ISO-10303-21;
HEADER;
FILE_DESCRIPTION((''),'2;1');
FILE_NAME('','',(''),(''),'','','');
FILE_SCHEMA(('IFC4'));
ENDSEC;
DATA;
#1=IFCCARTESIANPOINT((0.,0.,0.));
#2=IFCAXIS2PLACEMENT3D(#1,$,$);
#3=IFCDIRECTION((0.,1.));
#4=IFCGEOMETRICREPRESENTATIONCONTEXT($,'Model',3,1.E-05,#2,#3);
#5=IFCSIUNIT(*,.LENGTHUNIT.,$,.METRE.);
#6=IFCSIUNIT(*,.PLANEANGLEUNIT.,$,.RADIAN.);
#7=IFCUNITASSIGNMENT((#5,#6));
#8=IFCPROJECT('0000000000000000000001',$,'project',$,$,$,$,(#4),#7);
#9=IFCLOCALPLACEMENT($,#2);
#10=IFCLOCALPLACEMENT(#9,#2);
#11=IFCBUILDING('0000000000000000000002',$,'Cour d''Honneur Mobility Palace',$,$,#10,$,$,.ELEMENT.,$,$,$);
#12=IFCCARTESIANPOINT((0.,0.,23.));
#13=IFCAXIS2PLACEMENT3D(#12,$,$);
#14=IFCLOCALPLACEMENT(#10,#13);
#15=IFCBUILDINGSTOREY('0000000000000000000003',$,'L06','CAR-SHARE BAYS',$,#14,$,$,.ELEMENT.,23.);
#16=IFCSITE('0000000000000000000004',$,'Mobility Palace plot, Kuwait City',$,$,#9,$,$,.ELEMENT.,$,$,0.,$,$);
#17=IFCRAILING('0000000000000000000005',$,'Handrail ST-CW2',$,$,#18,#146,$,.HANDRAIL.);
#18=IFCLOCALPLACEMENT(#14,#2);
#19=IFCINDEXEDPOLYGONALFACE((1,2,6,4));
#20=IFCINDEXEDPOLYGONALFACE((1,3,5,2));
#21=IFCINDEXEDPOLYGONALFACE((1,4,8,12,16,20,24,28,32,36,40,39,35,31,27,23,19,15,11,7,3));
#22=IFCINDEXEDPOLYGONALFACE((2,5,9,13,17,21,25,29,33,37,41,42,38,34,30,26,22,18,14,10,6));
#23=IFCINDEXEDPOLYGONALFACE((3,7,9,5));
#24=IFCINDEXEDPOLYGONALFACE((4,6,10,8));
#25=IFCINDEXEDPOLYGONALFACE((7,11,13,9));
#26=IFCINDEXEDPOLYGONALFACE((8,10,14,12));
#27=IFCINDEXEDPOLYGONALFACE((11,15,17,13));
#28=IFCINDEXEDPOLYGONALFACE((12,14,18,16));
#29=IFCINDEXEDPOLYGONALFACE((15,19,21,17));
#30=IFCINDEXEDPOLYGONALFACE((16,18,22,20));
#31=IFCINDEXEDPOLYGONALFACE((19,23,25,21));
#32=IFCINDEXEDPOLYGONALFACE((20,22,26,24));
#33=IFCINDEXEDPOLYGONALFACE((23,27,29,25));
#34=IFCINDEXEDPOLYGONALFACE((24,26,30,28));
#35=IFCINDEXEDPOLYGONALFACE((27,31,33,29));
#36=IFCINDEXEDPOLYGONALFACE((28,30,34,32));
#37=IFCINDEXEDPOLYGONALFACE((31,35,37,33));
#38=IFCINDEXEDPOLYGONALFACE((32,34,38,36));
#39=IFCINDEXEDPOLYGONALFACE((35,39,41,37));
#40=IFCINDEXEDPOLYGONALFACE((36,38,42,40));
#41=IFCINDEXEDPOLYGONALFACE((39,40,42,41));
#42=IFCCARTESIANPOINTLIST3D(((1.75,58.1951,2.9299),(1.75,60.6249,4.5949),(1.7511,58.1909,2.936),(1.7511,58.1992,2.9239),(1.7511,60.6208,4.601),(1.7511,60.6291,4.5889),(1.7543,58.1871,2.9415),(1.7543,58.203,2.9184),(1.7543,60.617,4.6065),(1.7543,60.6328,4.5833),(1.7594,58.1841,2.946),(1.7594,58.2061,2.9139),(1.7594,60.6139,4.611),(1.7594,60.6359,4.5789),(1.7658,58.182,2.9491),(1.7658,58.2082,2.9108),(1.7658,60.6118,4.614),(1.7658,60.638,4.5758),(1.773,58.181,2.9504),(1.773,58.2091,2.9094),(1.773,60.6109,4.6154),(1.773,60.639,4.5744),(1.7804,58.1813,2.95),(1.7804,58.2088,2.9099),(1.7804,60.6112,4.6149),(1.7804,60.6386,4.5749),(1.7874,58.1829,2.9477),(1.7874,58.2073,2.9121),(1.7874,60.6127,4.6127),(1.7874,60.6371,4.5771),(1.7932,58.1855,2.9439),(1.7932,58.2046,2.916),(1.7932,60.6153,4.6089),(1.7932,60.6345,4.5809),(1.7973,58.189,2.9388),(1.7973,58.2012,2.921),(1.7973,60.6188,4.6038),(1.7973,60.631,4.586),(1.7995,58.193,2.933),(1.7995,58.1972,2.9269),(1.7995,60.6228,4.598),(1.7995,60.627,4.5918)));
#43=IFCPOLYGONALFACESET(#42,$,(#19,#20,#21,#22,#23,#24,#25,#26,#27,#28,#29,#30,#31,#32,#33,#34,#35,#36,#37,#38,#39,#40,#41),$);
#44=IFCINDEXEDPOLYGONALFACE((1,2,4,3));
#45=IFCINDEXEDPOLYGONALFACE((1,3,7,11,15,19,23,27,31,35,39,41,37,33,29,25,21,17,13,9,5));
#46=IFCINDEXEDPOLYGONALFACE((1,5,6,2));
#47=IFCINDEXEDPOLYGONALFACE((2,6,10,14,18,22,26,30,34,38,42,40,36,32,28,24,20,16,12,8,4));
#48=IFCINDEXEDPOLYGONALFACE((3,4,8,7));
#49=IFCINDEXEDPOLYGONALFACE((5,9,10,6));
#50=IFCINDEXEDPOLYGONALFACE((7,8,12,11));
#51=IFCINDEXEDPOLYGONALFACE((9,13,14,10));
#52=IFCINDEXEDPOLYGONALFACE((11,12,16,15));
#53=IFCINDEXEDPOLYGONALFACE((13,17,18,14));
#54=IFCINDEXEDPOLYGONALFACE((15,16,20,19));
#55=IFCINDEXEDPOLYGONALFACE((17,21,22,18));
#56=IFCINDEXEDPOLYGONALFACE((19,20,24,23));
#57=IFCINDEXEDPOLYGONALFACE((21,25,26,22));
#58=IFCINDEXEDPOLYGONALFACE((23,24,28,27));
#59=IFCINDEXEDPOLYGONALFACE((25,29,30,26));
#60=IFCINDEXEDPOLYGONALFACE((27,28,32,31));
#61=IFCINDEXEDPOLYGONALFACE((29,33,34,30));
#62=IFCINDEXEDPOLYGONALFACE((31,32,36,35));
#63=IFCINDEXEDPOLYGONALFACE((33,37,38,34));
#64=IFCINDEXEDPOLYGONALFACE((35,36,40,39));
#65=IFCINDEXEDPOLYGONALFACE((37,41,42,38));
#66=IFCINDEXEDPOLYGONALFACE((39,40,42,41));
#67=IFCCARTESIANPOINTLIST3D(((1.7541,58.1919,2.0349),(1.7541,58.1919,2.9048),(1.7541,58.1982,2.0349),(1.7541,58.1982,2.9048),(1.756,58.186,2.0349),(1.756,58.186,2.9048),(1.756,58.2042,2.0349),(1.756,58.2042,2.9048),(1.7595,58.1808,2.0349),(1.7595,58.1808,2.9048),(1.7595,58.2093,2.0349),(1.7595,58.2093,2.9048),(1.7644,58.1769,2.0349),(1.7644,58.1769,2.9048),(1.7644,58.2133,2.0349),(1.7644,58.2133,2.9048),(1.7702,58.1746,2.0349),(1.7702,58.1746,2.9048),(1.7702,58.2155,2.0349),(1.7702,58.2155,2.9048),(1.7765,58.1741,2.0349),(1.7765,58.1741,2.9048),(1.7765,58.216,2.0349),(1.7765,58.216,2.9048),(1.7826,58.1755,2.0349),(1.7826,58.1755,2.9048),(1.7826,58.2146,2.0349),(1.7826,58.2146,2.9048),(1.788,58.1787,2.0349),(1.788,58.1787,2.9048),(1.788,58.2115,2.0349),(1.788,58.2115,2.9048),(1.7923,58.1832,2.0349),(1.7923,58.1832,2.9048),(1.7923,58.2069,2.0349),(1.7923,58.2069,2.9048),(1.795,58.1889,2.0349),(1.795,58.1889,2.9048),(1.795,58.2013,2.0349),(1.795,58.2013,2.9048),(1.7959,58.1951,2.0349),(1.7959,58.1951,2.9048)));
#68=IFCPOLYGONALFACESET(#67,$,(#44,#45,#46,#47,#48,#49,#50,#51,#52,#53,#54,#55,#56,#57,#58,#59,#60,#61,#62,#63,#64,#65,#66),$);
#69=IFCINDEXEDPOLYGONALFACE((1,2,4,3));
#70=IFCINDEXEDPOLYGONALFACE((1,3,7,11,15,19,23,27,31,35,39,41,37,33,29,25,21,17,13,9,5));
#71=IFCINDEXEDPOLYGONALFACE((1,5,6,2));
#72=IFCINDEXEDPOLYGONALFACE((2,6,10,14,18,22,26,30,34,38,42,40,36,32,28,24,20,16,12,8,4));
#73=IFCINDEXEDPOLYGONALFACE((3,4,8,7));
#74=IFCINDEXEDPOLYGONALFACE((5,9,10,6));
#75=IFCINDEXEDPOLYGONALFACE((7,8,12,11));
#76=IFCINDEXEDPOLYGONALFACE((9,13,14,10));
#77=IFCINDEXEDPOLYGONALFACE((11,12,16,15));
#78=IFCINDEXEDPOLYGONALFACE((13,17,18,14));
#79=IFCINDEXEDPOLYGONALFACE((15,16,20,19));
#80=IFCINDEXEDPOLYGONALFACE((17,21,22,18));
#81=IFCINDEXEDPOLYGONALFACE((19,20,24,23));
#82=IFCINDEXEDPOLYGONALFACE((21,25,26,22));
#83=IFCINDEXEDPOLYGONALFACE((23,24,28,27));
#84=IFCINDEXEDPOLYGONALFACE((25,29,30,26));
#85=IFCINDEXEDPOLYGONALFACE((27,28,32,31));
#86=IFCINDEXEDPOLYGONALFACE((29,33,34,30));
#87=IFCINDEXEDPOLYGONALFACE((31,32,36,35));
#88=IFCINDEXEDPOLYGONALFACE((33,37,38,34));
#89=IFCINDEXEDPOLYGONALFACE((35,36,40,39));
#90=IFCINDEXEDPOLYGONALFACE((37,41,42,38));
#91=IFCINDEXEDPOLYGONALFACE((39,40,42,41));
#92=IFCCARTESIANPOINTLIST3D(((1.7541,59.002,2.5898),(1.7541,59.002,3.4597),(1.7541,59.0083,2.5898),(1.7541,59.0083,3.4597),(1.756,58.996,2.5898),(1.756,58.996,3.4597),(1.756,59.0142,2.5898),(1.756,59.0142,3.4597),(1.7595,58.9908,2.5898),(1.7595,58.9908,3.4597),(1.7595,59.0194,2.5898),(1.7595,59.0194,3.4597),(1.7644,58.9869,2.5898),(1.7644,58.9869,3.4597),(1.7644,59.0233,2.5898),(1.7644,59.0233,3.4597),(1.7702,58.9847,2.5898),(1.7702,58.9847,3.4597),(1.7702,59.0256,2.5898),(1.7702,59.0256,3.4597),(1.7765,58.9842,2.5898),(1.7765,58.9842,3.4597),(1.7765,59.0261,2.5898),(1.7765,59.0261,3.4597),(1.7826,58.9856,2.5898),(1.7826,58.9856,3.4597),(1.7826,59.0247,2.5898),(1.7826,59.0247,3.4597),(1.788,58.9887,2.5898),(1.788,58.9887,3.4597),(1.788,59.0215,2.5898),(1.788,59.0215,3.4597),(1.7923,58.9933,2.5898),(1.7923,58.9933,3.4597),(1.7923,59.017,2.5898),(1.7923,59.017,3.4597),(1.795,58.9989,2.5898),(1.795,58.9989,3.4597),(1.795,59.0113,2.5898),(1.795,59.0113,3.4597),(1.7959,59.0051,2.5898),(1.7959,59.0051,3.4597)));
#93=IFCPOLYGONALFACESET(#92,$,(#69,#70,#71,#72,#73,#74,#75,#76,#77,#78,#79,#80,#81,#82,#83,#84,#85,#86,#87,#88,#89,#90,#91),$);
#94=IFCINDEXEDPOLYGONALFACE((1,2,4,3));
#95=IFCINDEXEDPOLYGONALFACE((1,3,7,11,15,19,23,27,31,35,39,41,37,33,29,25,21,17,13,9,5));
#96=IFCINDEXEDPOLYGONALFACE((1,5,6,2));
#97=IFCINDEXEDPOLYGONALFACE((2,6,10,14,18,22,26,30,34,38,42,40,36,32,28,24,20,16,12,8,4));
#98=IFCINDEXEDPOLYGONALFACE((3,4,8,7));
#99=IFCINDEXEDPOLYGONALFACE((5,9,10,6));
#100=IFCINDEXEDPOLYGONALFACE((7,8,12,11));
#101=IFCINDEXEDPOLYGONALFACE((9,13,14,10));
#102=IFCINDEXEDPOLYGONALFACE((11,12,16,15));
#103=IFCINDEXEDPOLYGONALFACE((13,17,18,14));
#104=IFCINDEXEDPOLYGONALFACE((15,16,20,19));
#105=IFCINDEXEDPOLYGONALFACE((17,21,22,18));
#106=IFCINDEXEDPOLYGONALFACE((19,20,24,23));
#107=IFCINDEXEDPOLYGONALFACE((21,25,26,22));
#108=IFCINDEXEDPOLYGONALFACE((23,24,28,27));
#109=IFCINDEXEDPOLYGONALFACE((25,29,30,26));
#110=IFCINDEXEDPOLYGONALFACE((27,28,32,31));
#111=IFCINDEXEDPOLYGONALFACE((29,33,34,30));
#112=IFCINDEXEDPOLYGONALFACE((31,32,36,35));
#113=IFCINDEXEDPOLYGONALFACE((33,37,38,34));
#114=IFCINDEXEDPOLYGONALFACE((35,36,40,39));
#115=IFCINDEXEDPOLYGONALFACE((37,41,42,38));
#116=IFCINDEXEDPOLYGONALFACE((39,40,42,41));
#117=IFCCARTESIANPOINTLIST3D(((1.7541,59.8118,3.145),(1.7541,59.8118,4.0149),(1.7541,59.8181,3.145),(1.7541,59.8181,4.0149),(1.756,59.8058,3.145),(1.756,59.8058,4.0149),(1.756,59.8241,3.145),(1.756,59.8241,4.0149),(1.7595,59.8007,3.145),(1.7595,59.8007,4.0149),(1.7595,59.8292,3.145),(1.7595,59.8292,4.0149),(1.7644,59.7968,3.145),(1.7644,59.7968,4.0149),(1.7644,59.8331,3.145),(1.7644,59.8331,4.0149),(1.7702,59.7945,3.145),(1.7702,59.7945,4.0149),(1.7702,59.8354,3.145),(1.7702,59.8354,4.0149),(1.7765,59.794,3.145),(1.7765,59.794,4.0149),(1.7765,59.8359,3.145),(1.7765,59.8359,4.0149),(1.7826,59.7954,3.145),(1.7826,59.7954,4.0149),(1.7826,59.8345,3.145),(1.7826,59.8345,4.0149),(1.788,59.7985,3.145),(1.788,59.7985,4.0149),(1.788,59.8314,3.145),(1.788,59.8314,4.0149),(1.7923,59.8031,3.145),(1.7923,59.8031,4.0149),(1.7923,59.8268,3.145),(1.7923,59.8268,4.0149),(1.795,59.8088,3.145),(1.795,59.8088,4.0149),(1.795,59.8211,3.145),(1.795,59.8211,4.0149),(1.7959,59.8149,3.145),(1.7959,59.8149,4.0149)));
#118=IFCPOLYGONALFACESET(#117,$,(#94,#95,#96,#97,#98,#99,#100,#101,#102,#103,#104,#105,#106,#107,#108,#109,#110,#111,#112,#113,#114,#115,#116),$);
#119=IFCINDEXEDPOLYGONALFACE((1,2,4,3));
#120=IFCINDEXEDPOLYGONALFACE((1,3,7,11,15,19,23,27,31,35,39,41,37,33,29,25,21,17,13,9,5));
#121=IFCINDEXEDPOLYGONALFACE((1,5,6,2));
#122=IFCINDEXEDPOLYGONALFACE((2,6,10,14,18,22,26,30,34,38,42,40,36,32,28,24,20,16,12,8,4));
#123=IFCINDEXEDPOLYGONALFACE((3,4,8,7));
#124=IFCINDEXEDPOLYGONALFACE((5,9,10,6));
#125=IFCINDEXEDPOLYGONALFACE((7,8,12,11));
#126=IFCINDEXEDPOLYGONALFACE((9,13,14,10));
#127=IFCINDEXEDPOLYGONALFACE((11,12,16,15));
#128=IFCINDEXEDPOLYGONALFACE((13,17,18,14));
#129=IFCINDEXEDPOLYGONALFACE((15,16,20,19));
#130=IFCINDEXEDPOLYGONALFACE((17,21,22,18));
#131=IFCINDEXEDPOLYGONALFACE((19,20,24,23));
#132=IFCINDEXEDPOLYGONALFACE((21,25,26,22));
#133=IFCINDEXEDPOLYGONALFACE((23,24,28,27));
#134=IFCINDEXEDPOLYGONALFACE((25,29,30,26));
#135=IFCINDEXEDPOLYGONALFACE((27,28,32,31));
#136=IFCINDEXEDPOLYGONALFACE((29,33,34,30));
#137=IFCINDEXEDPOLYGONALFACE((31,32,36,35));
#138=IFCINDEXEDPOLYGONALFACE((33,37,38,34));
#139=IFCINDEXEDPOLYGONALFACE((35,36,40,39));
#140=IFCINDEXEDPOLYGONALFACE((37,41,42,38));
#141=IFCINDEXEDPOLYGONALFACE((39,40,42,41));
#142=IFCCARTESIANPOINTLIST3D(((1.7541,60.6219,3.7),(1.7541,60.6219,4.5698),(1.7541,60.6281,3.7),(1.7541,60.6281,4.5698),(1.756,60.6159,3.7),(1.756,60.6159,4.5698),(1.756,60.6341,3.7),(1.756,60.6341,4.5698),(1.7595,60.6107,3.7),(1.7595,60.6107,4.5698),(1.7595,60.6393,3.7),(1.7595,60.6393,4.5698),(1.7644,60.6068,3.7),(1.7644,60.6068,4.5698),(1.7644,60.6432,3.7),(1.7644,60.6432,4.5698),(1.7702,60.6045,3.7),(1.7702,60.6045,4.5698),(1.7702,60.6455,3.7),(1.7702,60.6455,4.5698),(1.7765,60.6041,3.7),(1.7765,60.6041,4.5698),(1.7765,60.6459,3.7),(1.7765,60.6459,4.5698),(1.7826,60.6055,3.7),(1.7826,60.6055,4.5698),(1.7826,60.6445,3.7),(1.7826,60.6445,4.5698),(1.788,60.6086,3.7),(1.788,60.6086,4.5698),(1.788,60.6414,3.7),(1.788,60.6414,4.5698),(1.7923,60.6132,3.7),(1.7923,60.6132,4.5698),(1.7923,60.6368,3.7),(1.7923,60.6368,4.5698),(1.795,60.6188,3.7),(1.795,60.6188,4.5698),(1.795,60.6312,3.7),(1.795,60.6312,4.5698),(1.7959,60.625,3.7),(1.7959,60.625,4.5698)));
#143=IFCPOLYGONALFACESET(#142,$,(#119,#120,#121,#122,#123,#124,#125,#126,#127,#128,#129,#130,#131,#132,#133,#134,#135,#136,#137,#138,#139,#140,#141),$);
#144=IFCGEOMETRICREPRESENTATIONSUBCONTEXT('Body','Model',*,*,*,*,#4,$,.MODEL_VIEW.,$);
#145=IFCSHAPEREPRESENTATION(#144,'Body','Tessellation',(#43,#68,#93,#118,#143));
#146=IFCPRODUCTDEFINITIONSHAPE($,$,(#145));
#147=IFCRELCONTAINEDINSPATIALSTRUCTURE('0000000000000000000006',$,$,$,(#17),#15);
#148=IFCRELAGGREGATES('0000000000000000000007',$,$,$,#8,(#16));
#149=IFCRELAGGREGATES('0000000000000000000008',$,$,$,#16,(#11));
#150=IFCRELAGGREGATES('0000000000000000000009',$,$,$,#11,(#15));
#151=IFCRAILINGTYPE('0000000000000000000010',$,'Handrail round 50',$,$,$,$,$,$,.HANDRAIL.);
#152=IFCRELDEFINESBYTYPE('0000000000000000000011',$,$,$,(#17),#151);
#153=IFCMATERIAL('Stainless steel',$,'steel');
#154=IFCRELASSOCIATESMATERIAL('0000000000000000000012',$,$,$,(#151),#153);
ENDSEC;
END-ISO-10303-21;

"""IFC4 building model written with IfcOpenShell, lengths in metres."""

from ifc_helpers import new_model, si_unit, direction, frame, origin, origin_2d, place, context, subcontext, project, spatial, circle, extrude, material, type_object, element, save


model = new_model("IFC4")

# Units and contexts
model_context = context("Model", 3, precision=1e-05, world=origin(), true_north=direction((0.0, 1.0)))
body_context = subcontext(model_context, "Body", "Model", "MODEL_VIEW")
ifc_project = project(units=[si_unit("LENGTHUNIT", "METRE"), si_unit("PLANEANGLEUNIT", "RADIAN")], contexts=[model_context])

# Site, building, storey
site_placement = place(None, origin())
site = spatial("IfcSite", under=ifc_project, at=site_placement, Name="Mobility Palace plot, Kuwait City", CompositionType="ELEMENT", RefElevation=0.0)
building_placement = place(site_placement, origin())
building = spatial("IfcBuilding", under=site, at=building_placement, Name="Cour d'Honneur Mobility Palace", CompositionType="ELEMENT")
storey_placement = place(building_placement, frame((0.0, 0.0, 23.0)))
storey = spatial("IfcBuildingStorey", under=building, at=storey_placement, Name="L06", Description="CAR-SHARE BAYS", CompositionType="ELEMENT", Elevation=23.0)

# Railing
ifc_material_1 = material(Name="Stainless steel", Category="steel")
railing_type_1 = type_object("IfcRailingType", Name="Handrail round 50", PredefinedType="HANDRAIL", material=ifc_material_1)
for number, where, name in (
    (1, (1.7749, 58.1951, 2.0349), "Handrail ST-CW2"),
):
    element("IfcRailing", number, at=place(storey_placement, frame(where)), inside=storey, type_object=railing_type_1, Name=name, PredefinedType="HANDRAIL", context=body_context, shape_type="SweptSolid", body=[
        extrude(circle(Radius=0.0249, at=origin_2d()), frame((0.0, 0.0, 0.895), z_axis=(0.0, 0.824919, 0.565251), x_axis=(-1.0, 0.0, 0.0)), (0.0, 0.0, 1.0), 2.9456),
        extrude(circle(Radius=0.021, at=origin_2d()), origin(), (0.0, 0.0, 1.0), 0.8699),
        extrude(circle(Radius=0.021, at=origin_2d()), frame((0.0, 0.8101, 0.5549)), (0.0, 0.0, 1.0), 0.8699),
        extrude(circle(Radius=0.021, at=origin_2d()), frame((0.0, 1.6199, 1.1101)), (0.0, 0.0, 1.0), 0.8699),
        extrude(circle(Radius=0.021, at=origin_2d()), frame((0.0, 2.4299, 1.665)), (0.0, 0.0, 1.0), 0.8699),
    ])

save(model, "model.ifc")
